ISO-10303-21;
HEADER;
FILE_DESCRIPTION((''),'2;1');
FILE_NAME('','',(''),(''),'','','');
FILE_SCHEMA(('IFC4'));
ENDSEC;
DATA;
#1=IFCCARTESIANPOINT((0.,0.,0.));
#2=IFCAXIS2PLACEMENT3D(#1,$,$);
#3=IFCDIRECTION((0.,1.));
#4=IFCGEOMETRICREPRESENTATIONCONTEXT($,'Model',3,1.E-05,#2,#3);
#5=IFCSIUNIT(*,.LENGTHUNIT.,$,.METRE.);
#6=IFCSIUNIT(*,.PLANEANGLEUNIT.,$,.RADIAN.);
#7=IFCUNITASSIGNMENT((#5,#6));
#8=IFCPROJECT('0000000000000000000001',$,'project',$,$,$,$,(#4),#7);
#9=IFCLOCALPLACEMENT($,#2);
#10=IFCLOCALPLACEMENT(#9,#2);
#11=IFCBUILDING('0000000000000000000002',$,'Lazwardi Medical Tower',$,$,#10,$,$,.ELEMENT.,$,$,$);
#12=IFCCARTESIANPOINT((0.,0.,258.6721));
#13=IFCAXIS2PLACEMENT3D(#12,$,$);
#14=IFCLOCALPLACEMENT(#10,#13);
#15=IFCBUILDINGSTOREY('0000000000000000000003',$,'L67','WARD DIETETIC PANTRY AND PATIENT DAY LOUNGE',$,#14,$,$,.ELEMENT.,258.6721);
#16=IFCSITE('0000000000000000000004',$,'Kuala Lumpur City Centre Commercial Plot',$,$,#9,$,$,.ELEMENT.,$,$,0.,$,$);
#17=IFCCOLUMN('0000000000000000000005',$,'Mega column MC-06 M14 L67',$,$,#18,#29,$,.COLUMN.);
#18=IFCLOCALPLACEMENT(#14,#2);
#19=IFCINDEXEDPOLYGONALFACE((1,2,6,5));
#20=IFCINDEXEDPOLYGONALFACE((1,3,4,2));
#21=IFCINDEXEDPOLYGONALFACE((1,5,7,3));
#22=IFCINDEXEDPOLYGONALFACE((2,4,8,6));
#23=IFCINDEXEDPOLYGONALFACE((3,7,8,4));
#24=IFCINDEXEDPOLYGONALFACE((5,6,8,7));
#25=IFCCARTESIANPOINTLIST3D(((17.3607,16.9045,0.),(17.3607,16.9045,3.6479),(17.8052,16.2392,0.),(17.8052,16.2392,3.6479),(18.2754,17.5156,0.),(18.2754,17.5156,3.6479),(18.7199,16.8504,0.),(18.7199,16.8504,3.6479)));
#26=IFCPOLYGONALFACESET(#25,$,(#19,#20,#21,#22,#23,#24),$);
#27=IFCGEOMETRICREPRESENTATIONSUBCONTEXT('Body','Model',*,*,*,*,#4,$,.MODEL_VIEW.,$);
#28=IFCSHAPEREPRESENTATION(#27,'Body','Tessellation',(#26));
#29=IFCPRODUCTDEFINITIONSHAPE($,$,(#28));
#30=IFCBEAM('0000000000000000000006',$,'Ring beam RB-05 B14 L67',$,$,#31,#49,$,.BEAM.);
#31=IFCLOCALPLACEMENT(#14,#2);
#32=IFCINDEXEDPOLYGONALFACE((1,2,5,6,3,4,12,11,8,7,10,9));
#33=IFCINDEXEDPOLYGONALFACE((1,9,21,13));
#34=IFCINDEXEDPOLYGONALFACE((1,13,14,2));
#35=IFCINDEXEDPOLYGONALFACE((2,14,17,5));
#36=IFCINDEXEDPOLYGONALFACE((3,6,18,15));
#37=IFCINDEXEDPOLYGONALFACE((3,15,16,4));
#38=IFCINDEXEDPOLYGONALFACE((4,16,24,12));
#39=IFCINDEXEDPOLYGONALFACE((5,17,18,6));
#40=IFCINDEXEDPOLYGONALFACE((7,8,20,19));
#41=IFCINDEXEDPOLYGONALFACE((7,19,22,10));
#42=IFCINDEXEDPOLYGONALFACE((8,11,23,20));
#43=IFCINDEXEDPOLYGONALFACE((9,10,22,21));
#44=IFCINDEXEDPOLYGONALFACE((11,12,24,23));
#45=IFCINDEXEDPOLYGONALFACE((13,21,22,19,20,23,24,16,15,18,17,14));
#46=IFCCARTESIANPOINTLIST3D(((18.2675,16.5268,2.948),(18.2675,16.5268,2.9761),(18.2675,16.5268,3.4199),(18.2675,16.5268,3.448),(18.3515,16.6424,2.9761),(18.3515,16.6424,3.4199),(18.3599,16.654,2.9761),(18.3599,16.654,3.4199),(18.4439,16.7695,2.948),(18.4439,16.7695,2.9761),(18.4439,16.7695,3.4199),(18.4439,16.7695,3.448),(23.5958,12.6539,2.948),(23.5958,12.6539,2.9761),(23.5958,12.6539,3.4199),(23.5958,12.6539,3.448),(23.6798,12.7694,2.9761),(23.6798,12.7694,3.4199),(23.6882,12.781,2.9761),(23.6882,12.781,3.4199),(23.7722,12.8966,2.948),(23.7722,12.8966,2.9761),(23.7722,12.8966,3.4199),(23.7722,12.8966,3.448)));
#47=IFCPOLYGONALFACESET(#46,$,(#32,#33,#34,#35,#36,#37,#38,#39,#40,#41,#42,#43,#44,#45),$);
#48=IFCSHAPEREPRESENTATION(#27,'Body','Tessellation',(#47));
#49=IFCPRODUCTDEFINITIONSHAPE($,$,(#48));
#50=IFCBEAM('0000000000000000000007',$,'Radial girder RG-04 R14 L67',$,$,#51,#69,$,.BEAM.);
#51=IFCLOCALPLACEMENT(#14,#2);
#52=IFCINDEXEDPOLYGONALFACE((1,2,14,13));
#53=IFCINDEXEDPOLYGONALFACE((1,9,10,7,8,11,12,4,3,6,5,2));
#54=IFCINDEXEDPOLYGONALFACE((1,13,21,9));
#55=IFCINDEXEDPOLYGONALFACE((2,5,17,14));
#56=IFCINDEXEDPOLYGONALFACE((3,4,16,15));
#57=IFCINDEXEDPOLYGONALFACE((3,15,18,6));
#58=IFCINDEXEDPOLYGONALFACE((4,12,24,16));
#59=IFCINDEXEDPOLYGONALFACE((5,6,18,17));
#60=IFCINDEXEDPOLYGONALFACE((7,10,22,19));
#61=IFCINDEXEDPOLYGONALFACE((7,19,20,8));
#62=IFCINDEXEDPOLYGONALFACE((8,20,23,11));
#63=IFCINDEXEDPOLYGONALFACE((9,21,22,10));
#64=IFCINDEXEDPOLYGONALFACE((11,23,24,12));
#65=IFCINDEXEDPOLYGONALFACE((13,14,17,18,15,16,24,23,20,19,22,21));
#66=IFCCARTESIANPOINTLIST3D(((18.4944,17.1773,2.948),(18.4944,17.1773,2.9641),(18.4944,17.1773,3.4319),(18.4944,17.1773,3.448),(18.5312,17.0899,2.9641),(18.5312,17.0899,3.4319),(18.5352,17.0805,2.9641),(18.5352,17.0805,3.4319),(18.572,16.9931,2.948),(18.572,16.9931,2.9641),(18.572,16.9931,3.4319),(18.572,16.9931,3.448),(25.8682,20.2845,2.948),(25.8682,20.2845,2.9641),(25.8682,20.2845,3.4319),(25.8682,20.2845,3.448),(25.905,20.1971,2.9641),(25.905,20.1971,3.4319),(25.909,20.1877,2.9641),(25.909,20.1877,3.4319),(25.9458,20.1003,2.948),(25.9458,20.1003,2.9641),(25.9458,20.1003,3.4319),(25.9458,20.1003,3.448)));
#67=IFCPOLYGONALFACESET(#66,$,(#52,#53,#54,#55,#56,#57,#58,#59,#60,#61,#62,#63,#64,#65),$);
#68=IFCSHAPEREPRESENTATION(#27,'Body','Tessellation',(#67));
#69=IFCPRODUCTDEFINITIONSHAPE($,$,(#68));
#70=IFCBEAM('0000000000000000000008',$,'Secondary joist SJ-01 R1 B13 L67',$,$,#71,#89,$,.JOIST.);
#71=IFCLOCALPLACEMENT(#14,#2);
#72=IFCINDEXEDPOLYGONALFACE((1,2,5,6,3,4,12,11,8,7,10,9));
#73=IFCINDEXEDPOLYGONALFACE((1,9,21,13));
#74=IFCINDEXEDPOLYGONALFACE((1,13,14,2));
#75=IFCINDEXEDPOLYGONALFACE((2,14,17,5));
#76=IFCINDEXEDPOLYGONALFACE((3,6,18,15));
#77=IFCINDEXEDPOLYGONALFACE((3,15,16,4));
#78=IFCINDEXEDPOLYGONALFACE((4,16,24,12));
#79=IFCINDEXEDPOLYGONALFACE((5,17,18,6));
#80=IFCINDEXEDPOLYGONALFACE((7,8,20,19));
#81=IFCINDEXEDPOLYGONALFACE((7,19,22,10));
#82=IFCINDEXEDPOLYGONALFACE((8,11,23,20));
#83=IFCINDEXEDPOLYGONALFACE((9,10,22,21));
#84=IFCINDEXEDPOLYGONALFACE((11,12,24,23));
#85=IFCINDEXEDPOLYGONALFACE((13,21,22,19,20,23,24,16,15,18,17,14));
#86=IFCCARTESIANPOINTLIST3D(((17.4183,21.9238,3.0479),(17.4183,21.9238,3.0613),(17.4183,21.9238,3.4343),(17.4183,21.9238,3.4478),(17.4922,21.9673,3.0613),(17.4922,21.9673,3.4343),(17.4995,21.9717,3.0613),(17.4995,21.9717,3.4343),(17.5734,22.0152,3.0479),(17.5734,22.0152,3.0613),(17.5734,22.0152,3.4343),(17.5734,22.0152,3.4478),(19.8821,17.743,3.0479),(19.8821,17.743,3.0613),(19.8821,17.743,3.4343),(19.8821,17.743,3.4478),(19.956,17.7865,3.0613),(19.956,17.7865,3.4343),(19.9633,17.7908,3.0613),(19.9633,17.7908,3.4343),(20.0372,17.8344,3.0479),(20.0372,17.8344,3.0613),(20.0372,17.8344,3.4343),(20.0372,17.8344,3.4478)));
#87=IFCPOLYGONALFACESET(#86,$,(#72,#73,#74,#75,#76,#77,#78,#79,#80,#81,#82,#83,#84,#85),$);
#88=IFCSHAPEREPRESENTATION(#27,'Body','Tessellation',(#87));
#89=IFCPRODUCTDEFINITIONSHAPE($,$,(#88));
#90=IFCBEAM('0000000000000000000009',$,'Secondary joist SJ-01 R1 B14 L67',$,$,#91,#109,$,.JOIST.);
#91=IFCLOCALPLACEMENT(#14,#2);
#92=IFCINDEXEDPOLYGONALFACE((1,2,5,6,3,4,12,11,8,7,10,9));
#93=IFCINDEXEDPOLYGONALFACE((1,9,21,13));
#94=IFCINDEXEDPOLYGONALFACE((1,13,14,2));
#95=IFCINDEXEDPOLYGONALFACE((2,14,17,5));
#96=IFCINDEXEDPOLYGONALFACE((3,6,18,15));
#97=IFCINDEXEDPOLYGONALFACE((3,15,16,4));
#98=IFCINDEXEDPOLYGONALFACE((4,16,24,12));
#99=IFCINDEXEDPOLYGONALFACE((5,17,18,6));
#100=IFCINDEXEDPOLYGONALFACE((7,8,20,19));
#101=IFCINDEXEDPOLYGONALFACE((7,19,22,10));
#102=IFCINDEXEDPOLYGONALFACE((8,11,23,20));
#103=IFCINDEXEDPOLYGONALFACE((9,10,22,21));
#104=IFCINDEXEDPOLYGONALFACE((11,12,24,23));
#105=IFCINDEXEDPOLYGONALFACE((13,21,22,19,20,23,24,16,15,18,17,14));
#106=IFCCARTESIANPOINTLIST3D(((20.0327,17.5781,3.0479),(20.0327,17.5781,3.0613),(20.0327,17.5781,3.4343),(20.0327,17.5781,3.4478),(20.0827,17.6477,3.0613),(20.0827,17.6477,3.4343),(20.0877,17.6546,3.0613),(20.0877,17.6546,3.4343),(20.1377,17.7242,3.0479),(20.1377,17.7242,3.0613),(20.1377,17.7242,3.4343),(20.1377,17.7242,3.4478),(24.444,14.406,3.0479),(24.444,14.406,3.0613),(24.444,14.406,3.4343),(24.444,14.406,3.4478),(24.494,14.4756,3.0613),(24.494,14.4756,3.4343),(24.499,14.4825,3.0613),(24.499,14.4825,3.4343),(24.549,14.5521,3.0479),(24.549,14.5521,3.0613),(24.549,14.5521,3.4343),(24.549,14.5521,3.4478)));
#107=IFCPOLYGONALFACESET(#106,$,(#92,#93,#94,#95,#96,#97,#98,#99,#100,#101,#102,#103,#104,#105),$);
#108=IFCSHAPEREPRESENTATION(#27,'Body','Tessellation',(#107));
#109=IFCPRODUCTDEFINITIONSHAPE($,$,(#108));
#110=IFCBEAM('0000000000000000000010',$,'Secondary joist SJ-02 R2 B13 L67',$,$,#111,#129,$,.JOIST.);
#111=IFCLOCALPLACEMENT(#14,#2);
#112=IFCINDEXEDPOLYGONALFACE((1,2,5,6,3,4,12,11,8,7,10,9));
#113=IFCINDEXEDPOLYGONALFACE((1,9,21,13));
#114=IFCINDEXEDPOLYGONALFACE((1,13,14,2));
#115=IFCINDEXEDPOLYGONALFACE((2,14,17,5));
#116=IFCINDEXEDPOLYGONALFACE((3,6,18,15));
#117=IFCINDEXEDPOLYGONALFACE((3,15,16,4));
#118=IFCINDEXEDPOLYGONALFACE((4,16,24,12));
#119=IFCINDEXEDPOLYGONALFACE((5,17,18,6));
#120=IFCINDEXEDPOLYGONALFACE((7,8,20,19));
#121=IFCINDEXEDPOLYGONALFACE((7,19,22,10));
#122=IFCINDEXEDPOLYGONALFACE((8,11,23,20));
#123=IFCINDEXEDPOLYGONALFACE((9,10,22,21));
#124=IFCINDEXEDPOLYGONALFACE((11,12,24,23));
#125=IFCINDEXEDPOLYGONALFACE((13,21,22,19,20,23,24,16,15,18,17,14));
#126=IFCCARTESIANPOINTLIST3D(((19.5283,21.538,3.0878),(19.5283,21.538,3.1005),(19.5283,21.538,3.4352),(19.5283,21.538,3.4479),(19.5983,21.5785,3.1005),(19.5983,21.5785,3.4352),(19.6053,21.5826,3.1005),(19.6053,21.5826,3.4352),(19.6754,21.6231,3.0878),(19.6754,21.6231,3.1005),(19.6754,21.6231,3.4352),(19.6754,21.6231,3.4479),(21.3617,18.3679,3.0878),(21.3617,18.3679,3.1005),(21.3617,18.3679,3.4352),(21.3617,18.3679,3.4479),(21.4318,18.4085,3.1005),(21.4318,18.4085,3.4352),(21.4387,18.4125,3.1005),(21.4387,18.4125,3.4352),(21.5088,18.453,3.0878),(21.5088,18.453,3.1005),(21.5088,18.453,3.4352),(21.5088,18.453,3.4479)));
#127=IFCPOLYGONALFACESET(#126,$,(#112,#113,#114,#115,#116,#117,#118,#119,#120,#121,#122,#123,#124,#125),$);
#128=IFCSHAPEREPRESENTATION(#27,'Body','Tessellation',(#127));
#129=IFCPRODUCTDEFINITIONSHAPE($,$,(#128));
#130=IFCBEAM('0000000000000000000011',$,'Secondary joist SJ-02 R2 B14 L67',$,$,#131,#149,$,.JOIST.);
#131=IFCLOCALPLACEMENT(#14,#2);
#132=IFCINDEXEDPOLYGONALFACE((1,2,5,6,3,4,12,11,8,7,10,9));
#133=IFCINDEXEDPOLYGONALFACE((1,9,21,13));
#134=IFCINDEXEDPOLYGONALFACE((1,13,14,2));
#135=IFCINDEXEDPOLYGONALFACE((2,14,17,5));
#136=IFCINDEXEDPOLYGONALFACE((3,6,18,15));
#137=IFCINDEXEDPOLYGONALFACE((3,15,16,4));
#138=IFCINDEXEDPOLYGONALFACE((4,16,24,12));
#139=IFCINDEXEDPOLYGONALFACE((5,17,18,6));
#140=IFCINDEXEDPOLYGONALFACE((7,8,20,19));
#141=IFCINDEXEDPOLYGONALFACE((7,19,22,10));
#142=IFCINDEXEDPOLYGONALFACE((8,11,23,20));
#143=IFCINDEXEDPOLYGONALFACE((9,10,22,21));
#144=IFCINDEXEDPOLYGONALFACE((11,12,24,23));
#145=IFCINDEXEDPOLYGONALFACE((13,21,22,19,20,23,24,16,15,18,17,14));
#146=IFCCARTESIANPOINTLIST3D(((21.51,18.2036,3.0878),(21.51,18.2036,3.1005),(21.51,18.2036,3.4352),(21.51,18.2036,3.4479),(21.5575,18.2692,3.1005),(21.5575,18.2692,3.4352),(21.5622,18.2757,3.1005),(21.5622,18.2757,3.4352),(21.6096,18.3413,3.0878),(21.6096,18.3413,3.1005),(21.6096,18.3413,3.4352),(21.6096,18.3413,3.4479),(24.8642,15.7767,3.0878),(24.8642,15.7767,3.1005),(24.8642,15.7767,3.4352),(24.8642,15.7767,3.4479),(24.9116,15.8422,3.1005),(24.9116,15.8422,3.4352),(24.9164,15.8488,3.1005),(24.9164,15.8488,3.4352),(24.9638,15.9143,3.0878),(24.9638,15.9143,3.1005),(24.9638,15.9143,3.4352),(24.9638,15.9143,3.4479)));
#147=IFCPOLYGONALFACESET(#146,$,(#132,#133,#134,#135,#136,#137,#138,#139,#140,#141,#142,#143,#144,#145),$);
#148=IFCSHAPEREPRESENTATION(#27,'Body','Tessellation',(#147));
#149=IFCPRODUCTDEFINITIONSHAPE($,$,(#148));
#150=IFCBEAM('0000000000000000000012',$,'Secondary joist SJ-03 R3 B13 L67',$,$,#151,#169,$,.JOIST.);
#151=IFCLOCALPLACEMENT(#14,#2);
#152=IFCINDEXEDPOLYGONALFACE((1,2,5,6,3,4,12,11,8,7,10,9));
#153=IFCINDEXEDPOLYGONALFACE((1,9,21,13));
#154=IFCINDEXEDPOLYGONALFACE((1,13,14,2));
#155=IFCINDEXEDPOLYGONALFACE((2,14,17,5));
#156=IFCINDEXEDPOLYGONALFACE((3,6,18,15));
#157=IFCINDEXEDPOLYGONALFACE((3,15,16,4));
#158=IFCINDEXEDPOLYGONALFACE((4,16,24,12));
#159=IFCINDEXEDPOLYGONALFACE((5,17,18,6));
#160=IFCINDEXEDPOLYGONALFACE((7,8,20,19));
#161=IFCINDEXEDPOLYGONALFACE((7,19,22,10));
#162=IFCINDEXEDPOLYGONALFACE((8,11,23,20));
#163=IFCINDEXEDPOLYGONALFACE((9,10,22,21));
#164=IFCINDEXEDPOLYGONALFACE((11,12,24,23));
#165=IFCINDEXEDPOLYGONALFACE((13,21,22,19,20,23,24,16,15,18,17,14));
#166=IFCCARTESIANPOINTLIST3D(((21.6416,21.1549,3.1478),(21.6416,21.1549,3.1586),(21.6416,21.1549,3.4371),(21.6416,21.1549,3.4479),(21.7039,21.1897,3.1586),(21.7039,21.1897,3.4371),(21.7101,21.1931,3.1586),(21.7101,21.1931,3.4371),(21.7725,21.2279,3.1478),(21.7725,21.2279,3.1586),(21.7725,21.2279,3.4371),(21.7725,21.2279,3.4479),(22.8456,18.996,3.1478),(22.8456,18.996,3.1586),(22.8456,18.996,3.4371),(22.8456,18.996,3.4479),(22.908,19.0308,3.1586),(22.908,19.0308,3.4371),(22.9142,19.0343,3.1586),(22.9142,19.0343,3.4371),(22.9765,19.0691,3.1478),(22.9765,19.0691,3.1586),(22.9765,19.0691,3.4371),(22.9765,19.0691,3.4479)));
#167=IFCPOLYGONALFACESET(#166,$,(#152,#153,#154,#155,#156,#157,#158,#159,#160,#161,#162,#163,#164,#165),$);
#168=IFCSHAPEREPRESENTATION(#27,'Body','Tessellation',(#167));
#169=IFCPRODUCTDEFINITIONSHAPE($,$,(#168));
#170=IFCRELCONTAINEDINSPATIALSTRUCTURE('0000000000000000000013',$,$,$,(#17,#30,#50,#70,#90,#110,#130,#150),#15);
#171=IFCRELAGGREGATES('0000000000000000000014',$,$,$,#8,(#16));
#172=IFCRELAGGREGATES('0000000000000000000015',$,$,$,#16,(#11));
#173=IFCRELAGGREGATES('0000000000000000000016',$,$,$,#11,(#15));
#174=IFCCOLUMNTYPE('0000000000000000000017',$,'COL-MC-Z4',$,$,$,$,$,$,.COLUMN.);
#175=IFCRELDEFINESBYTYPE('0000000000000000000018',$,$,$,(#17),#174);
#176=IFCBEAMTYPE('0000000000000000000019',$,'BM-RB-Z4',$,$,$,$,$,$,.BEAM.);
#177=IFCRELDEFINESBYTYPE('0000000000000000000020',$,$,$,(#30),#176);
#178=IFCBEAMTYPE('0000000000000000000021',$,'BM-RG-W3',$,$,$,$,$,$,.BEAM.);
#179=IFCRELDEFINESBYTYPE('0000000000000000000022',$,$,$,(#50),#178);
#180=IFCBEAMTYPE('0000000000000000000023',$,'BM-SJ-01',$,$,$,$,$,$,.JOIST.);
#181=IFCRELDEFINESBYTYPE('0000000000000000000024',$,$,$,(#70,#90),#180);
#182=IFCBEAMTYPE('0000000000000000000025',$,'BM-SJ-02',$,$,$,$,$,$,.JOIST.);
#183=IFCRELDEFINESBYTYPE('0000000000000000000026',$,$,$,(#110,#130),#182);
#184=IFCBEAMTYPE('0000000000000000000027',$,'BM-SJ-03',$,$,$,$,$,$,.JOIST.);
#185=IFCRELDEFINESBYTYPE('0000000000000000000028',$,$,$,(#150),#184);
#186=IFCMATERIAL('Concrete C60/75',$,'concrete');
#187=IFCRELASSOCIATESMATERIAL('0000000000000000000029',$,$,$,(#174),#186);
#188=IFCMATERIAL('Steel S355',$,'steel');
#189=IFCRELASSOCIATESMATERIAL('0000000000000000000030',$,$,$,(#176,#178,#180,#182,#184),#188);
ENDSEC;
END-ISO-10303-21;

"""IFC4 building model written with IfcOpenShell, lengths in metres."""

from ifc_helpers import new_model, si_unit, direction, frame, origin, origin_2d, place, context, subcontext, project, spatial, rectangle, i_section, extrude, material, material_profile, profile_set, type_object, element, save


model = new_model("IFC4")

# Units and contexts
model_context = context("Model", 3, precision=1e-05, world=origin(), true_north=direction((0.0, 1.0)))
body_context = subcontext(model_context, "Body", "Model", "MODEL_VIEW")
ifc_project = project(units=[si_unit("LENGTHUNIT", "METRE"), si_unit("PLANEANGLEUNIT", "RADIAN")], contexts=[model_context])

# Site, building, storey
site_placement = place(None, origin())
site = spatial("IfcSite", under=ifc_project, at=site_placement, Name="Kuala Lumpur City Centre Commercial Plot", CompositionType="ELEMENT", RefElevation=0.0)
building_placement = place(site_placement, origin())
building = spatial("IfcBuilding", under=site, at=building_placement, Name="Lazwardi Medical Tower", CompositionType="ELEMENT")
storey_placement = place(building_placement, frame((0.0, 0.0, 258.6721)))
storey = spatial("IfcBuildingStorey", under=building, at=storey_placement, Name="L67", Description="WARD DIETETIC PANTRY AND PATIENT DAY LOUNGE", CompositionType="ELEMENT", Elevation=258.6721)

# Column
ifc_material_1 = material(Name="Concrete C60/75", Category="concrete")
ifc_material_profile_1 = material_profile(ifc_material_1, rectangle(XDim=1.1001, YDim=0.8, at=origin_2d()), Name="CFT-RECT 1100x800")
ifc_profile_set_1 = profile_set([ifc_material_profile_1], Name="Concrete C60/75")
column_type = type_object("IfcColumnType", Name="COL-MC-Z4", PredefinedType="COLUMN", material=ifc_profile_set_1)
column_placement = place(storey_placement, frame((18.0403, 16.8774, 0.0), z_axis=(0.0, 0.0, 1.0), x_axis=(-0.83147, -0.55557, 0.0)))
element("IfcColumn", 1, at=column_placement, inside=storey, type_object=column_type, Name="Mega column MC-06 M14 L67", PredefinedType="COLUMN", context=body_context, shape_type="SweptSolid", body=[
    extrude(rectangle(XDim=1.1001, YDim=0.8, at=origin_2d()), origin(), (0.0, 0.0, 1.0), 3.6479),
])

# Beams
ifc_material_2 = material(Name="Steel S355", Category="steel")
ifc_material_profile_2 = material_profile(ifc_material_2, i_section(OverallWidth=0.3, OverallDepth=0.5, WebThickness=0.0144, FlangeThickness=0.0281, at=origin_2d()), Name="HEB 500")
ifc_profile_set_2 = profile_set([ifc_material_profile_2], Name="Steel S355")
beam_type_1 = type_object("IfcBeamType", Name="BM-RB-Z4", PredefinedType="BEAM", material=ifc_profile_set_2)
beam_1_placement = place(storey_placement, frame((18.3557, 16.6482, 3.198), z_axis=(0.80889, -0.58796, 0.0), x_axis=(0.58796, 0.80889, 0.0)))
element("IfcBeam", 2, at=beam_1_placement, inside=storey, type_object=beam_type_1, Name="Ring beam RB-05 B14 L67", PredefinedType="BEAM", context=body_context, shape_type="SweptSolid", body=[
    extrude(i_section(OverallWidth=0.3, OverallDepth=0.5, WebThickness=0.0144, FlangeThickness=0.0281, at=origin_2d()), origin(), (0.0, 0.0, 1.0), 6.5872),
])
ifc_material_profile_3 = material_profile(ifc_material_2, i_section(OverallWidth=0.2, OverallDepth=0.5, WebThickness=0.0103, FlangeThickness=0.0161, at=origin_2d()), Name="IPE 500")
ifc_profile_set_3 = profile_set([ifc_material_profile_3], Name="Steel S355")
beam_type_2 = type_object("IfcBeamType", Name="BM-RG-W3", PredefinedType="BEAM", material=ifc_profile_set_3)
beam_2_placement = place(storey_placement, frame((18.5332, 17.0852, 3.198), z_axis=(0.921527, 0.388315, 0.0), x_axis=(-0.388315, 0.921527, 0.0)))
element("IfcBeam", 3, at=beam_2_placement, inside=storey, type_object=beam_type_2, Name="Radial girder RG-04 R14 L67", PredefinedType="BEAM", context=body_context, shape_type="SweptSolid", body=[
    extrude(i_section(OverallWidth=0.2, OverallDepth=0.5, WebThickness=0.0103, FlangeThickness=0.0161, at=origin_2d()), origin(), (0.0, 0.0, 1.0), 8.0017),
])
ifc_material_profile_4 = material_profile(ifc_material_2, i_section(OverallWidth=0.1799, OverallDepth=0.3999, WebThickness=0.0085, FlangeThickness=0.0134, at=origin_2d()), Name="IPE 400")
ifc_profile_set_4 = profile_set([ifc_material_profile_4], Name="Steel S355")
beam_type_3 = type_object("IfcBeamType", Name="BM-SJ-01", PredefinedType="JOIST", material=ifc_profile_set_4)
beam_3_placement = place(storey_placement, frame((17.4958, 21.9695, 3.2478), z_axis=(0.50771, -0.861528, 0.0), x_axis=(0.861528, 0.50771, 0.0)))
element("IfcBeam", 4, at=beam_3_placement, inside=storey, type_object=beam_type_3, Name="Secondary joist SJ-01 R1 B13 L67", PredefinedType="JOIST", context=body_context, shape_type="SweptSolid", body=[
    extrude(i_section(OverallWidth=0.1799, OverallDepth=0.3999, WebThickness=0.0085, FlangeThickness=0.0134, at=origin_2d()), origin(), (0.0, 0.0, 1.0), 4.8528),
])
beam_4_placement = place(storey_placement, frame((20.0852, 17.6511, 3.2478), z_axis=(0.81189, -0.583811, 0.0), x_axis=(0.583811, 0.81189, 0.0)))
element("IfcBeam", 5, at=beam_4_placement, inside=storey, type_object=beam_type_3, Name="Secondary joist SJ-01 R1 B14 L67", PredefinedType="JOIST", context=body_context, shape_type="SweptSolid", body=[
    extrude(i_section(OverallWidth=0.1799, OverallDepth=0.3999, WebThickness=0.0085, FlangeThickness=0.0134, at=origin_2d()), origin(), (0.0, 0.0, 1.0), 5.4333),
])
ifc_material_profile_5 = material_profile(ifc_material_2, i_section(OverallWidth=0.1699, OverallDepth=0.3601, WebThickness=0.0081, FlangeThickness=0.0127, at=origin_2d()), Name="IPE 360")
ifc_profile_set_5 = profile_set([ifc_material_profile_5], Name="Steel S355")
beam_type_4 = type_object("IfcBeamType", Name="BM-SJ-02", PredefinedType="JOIST", material=ifc_profile_set_5)
beam_5_placement = place(storey_placement, frame((19.6018, 21.5806, 3.2678), z_axis=(0.500655, -0.865647, 0.0), x_axis=(0.865647, 0.500655, 0.0)))
element("IfcBeam", 6, at=beam_5_placement, inside=storey, type_object=beam_type_4, Name="Secondary joist SJ-02 R2 B13 L67", PredefinedType="JOIST", context=body_context, shape_type="SweptSolid", body=[
    extrude(i_section(OverallWidth=0.1699, OverallDepth=0.3601, WebThickness=0.0081, FlangeThickness=0.0127, at=origin_2d()), origin(), (0.0, 0.0, 1.0), 3.6621),
])
beam_6_placement = place(storey_placement, frame((21.5598, 18.2725, 3.2678), z_axis=(0.810164, -0.586203, 0.0), x_axis=(0.586203, 0.810164, 0.0)))
element("IfcBeam", 7, at=beam_6_placement, inside=storey, type_object=beam_type_4, Name="Secondary joist SJ-02 R2 B14 L67", PredefinedType="JOIST", context=body_context, shape_type="SweptSolid", body=[
    extrude(i_section(OverallWidth=0.1699, OverallDepth=0.3601, WebThickness=0.0081, FlangeThickness=0.0127, at=origin_2d()), origin(), (0.0, 0.0, 1.0), 4.1401),
])
ifc_material_profile_6 = material_profile(ifc_material_2, i_section(OverallWidth=0.1499, OverallDepth=0.3, WebThickness=0.0071, FlangeThickness=0.0107, at=origin_2d()), Name="IPE 300")
ifc_profile_set_6 = profile_set([ifc_material_profile_6], Name="Steel S355")
beam_type_5 = type_object("IfcBeamType", Name="BM-SJ-03", PredefinedType="JOIST", material=ifc_profile_set_6)
beam_7_placement = place(storey_placement, frame((21.707, 21.1914, 3.2979), z_axis=(0.487093, -0.87335, 0.0), x_axis=(0.87335, 0.487093, 0.0)))
element("IfcBeam", 8, at=beam_7_placement, inside=storey, type_object=beam_type_5, Name="Secondary joist SJ-03 R3 B13 L67", PredefinedType="JOIST", context=body_context, shape_type="SweptSolid", body=[
    extrude(i_section(OverallWidth=0.1499, OverallDepth=0.3, WebThickness=0.0071, FlangeThickness=0.0107, at=origin_2d()), origin(), (0.0, 0.0, 1.0), 2.4719),
])

save(model, "model.ifc")
